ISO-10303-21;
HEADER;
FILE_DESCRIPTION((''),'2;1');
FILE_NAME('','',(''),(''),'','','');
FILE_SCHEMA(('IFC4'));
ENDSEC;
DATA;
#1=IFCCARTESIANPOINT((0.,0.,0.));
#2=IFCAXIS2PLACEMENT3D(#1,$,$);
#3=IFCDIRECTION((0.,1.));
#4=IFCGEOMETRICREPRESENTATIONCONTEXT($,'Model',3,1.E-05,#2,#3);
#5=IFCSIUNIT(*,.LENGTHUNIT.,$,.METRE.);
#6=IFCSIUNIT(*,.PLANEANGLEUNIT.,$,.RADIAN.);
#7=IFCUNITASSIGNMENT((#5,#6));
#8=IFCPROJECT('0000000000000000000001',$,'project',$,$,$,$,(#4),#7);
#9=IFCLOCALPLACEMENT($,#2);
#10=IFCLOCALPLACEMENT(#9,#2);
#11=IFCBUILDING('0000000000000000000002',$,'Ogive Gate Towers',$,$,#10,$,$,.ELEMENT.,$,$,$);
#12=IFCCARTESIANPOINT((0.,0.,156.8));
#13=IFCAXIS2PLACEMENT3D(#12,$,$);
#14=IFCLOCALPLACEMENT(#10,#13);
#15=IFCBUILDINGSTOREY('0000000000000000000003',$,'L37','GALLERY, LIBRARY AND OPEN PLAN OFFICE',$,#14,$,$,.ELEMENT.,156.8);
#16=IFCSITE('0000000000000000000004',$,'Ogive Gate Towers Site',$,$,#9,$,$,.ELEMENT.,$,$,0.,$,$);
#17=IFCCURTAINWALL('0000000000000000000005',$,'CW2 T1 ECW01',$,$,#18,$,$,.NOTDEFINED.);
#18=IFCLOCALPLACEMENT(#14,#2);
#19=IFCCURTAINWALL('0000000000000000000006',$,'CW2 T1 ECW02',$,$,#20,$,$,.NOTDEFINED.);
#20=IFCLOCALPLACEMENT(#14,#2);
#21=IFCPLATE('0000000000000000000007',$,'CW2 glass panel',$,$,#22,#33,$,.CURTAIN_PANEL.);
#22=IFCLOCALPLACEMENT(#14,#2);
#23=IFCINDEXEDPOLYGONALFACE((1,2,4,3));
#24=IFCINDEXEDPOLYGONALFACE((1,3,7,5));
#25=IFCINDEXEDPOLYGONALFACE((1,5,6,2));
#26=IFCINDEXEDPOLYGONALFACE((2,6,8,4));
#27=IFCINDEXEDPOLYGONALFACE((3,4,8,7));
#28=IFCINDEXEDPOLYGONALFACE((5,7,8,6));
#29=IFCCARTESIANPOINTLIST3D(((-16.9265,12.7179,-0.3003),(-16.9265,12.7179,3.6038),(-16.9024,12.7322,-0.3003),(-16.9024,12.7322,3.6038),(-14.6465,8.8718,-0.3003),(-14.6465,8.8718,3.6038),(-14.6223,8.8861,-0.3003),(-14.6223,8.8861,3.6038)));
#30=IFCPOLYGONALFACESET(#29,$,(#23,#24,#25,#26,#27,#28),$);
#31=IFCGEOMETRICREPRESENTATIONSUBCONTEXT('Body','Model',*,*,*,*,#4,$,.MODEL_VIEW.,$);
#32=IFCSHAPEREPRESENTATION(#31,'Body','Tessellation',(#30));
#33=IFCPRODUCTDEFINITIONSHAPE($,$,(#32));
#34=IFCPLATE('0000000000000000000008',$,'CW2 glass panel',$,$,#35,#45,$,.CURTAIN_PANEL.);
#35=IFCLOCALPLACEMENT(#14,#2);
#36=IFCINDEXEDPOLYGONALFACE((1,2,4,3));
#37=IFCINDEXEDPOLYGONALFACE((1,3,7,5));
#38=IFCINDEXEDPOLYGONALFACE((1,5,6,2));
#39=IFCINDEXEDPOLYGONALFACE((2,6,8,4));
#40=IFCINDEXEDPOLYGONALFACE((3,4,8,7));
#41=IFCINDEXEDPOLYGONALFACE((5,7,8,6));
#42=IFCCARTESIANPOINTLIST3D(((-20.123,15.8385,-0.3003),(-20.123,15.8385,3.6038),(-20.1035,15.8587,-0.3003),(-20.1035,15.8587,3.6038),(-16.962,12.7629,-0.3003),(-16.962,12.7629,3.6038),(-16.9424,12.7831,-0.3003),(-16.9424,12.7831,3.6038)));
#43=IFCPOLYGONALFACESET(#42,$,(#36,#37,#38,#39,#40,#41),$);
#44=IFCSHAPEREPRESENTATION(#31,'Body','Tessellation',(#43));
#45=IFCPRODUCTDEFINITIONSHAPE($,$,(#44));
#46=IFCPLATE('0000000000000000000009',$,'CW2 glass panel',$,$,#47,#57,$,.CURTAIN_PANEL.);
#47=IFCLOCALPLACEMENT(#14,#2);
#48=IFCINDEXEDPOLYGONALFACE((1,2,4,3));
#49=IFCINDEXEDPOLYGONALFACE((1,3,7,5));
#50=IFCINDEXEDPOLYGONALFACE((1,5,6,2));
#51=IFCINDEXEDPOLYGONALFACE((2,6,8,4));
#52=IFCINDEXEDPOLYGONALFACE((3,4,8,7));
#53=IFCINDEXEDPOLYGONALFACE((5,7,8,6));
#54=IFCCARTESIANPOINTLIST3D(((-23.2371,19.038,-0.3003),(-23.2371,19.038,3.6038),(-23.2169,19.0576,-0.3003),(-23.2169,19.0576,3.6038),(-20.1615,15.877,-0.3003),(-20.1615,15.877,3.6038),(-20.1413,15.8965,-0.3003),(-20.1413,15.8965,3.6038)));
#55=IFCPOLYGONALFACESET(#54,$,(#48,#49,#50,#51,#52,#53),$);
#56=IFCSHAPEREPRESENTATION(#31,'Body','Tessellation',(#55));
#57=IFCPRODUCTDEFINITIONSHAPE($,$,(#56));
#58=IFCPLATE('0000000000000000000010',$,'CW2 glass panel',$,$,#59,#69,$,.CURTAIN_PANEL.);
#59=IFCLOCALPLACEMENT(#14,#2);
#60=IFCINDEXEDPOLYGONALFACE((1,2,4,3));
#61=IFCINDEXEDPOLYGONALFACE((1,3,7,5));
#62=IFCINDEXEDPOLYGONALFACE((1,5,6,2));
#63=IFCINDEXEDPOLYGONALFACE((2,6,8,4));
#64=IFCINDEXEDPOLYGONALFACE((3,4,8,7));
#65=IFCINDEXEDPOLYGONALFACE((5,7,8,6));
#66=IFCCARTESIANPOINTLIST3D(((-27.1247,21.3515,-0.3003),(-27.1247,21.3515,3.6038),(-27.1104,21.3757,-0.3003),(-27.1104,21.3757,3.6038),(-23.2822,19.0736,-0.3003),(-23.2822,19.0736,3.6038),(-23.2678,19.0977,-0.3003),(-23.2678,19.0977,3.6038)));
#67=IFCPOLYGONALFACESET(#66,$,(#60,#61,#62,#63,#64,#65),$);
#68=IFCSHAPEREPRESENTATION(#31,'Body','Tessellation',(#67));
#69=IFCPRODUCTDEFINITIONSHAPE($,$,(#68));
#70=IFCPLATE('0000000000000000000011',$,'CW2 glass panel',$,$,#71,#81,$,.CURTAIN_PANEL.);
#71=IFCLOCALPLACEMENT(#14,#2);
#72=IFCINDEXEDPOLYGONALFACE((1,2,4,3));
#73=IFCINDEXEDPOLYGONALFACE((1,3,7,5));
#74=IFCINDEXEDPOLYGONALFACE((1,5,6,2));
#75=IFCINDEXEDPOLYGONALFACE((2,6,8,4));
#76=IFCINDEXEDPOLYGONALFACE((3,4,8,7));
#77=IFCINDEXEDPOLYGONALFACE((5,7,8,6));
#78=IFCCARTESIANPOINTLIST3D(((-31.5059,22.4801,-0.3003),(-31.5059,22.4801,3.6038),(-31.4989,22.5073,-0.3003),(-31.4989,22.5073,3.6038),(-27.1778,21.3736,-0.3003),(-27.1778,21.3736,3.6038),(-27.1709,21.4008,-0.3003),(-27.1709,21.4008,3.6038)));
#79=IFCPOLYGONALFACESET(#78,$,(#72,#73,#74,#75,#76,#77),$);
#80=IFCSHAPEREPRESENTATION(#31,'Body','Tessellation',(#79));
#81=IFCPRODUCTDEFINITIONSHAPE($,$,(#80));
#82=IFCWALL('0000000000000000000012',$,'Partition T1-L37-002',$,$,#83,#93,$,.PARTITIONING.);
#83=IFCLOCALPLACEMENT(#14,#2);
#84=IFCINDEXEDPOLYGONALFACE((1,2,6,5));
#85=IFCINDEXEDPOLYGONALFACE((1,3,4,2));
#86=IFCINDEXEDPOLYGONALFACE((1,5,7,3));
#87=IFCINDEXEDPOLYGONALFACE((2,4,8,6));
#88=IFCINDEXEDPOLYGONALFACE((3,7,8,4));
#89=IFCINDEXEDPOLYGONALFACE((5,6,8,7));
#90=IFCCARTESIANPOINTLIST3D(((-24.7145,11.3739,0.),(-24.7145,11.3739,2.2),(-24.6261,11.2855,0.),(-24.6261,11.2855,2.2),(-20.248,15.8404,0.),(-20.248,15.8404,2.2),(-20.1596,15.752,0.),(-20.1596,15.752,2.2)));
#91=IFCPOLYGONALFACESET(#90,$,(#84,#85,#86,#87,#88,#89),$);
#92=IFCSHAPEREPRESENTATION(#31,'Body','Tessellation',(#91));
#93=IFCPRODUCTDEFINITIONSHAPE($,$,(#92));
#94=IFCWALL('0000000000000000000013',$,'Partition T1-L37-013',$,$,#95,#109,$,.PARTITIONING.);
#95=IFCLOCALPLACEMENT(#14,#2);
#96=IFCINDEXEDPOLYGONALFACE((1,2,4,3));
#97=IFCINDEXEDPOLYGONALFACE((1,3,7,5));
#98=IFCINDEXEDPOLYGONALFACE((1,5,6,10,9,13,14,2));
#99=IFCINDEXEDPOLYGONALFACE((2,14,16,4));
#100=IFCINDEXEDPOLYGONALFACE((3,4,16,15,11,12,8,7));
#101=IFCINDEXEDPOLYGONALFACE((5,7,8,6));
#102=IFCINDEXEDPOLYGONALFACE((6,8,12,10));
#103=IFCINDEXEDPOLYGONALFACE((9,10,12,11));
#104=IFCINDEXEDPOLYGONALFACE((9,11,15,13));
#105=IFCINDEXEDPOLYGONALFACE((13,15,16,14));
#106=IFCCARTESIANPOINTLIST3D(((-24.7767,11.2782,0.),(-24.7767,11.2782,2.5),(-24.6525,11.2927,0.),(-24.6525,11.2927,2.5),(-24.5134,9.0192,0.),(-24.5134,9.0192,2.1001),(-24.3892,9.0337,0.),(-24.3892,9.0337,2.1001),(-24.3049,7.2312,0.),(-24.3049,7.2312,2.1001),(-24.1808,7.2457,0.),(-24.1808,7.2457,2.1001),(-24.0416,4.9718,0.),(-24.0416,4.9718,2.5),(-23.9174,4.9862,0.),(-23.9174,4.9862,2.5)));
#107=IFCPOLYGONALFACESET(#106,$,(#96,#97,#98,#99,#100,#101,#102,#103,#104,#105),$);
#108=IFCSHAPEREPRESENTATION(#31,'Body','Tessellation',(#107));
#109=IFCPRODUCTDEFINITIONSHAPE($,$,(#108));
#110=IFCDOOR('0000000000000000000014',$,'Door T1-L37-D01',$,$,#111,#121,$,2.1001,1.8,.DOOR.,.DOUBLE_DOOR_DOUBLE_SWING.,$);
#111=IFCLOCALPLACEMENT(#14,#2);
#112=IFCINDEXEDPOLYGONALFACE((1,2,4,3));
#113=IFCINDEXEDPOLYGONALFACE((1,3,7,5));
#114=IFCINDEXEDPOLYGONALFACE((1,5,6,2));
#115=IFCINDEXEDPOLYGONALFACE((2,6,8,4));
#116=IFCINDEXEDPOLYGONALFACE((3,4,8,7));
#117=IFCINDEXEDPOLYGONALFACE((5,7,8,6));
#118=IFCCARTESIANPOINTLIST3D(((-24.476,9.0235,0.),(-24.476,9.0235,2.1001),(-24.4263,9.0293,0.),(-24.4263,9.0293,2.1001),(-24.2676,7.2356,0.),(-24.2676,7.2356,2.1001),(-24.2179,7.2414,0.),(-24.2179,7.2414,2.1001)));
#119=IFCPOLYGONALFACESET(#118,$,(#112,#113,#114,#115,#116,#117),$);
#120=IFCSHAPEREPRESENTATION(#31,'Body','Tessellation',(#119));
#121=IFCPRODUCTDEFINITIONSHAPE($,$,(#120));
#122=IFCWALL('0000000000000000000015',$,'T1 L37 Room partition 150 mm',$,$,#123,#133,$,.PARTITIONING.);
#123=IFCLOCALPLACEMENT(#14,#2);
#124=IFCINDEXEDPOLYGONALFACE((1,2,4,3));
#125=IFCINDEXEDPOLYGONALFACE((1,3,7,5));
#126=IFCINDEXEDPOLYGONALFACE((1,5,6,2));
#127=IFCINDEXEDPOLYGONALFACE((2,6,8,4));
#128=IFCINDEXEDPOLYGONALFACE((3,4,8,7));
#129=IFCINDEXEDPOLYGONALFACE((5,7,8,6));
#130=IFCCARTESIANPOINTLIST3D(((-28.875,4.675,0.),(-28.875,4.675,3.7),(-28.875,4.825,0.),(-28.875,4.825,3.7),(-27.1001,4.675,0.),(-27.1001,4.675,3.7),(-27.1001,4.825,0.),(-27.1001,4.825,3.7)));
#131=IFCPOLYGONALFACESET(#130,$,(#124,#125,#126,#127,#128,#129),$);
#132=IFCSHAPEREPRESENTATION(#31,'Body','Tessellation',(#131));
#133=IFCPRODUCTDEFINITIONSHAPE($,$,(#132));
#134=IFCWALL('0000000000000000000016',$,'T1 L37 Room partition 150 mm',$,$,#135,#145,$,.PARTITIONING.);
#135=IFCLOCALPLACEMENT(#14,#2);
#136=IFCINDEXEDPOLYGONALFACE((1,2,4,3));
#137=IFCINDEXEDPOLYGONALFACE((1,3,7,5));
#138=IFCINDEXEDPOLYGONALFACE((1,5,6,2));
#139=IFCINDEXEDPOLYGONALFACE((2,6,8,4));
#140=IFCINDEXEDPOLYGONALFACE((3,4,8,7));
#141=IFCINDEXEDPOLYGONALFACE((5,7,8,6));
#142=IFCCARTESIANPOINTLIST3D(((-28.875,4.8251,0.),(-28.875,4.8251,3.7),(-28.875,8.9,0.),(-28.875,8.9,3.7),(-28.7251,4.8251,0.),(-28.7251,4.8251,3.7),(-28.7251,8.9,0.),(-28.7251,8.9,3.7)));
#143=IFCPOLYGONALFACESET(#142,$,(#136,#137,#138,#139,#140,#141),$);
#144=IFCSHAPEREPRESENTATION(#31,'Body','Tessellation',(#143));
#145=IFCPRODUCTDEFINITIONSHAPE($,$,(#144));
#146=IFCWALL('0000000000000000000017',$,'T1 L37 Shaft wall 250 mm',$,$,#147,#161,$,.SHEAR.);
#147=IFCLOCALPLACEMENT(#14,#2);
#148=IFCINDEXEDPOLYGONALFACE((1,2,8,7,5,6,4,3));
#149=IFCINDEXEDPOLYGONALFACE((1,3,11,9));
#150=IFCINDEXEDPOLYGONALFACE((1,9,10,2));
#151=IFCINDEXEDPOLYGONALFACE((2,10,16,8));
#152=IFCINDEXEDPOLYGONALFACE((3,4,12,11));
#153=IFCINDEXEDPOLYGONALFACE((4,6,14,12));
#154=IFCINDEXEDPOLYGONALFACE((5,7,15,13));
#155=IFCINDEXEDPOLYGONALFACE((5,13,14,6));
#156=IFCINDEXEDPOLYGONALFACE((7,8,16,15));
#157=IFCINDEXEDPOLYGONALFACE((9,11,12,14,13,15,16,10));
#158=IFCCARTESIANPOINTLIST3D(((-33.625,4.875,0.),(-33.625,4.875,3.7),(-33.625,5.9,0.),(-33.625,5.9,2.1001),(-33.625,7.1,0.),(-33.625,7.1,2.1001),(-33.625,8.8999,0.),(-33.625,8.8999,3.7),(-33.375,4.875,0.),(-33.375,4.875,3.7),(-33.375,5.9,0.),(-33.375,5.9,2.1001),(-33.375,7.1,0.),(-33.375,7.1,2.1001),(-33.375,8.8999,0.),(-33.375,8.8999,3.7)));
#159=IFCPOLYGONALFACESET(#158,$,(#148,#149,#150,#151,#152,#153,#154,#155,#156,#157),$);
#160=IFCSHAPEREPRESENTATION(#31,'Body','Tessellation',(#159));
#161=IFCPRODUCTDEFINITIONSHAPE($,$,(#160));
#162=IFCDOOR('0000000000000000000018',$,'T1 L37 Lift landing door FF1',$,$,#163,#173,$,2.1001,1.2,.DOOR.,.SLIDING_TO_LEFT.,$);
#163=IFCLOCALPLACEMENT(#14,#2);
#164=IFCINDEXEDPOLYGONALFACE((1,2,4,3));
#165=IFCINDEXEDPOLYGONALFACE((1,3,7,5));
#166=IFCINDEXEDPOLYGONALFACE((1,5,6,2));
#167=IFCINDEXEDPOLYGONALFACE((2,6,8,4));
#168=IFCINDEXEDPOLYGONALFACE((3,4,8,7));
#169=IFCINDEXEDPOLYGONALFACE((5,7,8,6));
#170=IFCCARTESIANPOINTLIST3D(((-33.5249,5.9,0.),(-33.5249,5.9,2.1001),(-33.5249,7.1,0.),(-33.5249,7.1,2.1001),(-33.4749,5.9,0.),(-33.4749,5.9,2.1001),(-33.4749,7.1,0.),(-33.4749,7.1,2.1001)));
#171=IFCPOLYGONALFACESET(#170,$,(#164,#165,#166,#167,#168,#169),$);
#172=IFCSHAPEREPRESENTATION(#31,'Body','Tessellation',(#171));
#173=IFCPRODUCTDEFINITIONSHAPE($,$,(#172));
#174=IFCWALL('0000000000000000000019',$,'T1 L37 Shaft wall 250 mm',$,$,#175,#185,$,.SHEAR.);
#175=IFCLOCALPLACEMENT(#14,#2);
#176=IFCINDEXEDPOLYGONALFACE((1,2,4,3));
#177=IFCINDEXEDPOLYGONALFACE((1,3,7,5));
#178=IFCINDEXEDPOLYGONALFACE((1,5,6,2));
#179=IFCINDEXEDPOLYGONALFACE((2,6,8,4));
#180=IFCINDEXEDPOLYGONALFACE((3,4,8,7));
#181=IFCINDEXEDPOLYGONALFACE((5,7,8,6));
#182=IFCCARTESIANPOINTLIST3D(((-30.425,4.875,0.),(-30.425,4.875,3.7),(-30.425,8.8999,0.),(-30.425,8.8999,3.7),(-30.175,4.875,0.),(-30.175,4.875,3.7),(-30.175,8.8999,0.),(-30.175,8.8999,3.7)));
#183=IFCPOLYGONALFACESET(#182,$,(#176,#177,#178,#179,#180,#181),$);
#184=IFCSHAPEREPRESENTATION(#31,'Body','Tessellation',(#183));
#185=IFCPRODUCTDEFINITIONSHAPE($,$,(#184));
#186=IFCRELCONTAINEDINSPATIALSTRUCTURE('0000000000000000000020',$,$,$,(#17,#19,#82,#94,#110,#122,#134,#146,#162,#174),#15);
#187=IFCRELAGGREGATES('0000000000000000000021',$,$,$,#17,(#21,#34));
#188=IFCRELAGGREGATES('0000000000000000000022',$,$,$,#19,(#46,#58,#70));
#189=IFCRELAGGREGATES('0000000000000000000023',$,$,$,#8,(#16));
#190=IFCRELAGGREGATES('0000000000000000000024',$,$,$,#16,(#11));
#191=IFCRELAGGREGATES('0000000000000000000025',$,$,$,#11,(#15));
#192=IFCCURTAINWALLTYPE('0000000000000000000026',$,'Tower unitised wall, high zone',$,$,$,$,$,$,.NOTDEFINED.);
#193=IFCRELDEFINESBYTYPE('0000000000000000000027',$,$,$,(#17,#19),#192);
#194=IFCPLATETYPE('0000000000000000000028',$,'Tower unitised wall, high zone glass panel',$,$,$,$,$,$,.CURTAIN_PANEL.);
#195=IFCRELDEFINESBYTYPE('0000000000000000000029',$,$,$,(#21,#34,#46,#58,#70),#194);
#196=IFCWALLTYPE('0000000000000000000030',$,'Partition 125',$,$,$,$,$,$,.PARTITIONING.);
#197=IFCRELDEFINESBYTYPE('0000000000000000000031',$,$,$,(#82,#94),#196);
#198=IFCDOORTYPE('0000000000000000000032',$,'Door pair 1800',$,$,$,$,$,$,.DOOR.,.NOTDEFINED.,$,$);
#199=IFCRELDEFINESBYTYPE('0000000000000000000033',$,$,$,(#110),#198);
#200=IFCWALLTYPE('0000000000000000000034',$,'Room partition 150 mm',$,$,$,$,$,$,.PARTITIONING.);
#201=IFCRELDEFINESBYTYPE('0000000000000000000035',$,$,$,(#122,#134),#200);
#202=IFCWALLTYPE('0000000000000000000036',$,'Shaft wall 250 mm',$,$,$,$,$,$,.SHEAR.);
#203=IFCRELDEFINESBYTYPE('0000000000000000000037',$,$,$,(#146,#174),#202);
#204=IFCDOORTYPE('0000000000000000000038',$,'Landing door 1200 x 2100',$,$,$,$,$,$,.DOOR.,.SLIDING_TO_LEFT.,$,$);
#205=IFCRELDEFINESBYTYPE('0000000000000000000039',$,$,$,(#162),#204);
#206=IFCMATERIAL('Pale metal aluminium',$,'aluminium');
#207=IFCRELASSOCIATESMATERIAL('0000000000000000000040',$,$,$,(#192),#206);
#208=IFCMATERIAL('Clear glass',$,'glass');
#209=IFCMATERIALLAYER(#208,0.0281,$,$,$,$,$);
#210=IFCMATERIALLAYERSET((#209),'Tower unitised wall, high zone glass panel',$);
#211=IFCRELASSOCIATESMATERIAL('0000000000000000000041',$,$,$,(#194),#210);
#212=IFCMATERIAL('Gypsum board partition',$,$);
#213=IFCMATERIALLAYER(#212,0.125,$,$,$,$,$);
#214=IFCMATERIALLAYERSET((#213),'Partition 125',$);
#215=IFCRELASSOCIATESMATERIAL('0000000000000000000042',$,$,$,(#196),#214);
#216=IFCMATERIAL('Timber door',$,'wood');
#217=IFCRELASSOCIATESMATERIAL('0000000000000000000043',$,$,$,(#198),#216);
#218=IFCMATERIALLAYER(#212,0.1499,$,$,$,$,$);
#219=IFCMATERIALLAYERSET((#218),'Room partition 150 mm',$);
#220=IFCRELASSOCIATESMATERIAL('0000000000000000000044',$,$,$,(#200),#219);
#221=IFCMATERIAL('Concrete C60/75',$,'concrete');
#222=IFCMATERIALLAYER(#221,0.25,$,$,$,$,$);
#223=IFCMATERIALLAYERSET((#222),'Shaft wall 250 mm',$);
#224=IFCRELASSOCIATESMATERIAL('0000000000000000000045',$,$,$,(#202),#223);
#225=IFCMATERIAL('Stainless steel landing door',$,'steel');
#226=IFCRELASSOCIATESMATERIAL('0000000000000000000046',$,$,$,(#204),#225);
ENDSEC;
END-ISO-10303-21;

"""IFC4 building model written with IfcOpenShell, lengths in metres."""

from ifc_helpers import new_model, si_unit, direction, frame, frame_2d, origin, origin_2d, place, context, subcontext, project, spatial, rectangle, extrude, material, layer, layer_set, type_object, element, fill, aggregate, save


model = new_model("IFC4")

# Units and contexts
model_context = context("Model", 3, precision=1e-05, world=origin(), true_north=direction((0.0, 1.0)))
body_context = subcontext(model_context, "Body", "Model", "MODEL_VIEW")
ifc_project = project(units=[si_unit("LENGTHUNIT", "METRE"), si_unit("PLANEANGLEUNIT", "RADIAN")], contexts=[model_context])

# Site, building, storey
site_placement = place(None, origin())
site = spatial("IfcSite", under=ifc_project, at=site_placement, Name="Ogive Gate Towers Site", CompositionType="ELEMENT", RefElevation=0.0)
building_placement = place(site_placement, origin())
building = spatial("IfcBuilding", under=site, at=building_placement, Name="Ogive Gate Towers", CompositionType="ELEMENT")
storey_placement = place(building_placement, frame((0.0, 0.0, 156.8)))
storey = spatial("IfcBuildingStorey", under=building, at=storey_placement, Name="L37", Description="GALLERY, LIBRARY AND OPEN PLAN OFFICE", CompositionType="ELEMENT", Elevation=156.8)

# Curtain walls
ifc_material_1 = material(Name="Pale metal aluminium", Category="aluminium")
curtain_wall_type = type_object("IfcCurtainWallType", Name="Tower unitised wall, high zone", PredefinedType="NOTDEFINED", material=ifc_material_1)
curtain_wall_1_placement = place(storey_placement, origin())
curtain_wall_1 = element("IfcCurtainWall", 1, at=curtain_wall_1_placement, inside=storey, type_object=curtain_wall_type, Name="CW2 T1 ECW01", PredefinedType="NOTDEFINED")
curtain_wall_2_placement = place(storey_placement, origin())
curtain_wall_2 = element("IfcCurtainWall", 2, at=curtain_wall_2_placement, inside=storey, type_object=curtain_wall_type, Name="CW2 T1 ECW02", PredefinedType="NOTDEFINED")

# Plates
ifc_material_2 = material(Name="Clear glass", Category="glass")
ifc_layer_1 = layer(ifc_material_2, 0.0281)
ifc_layer_set_1 = layer_set([ifc_layer_1], Name="Tower unitised wall, high zone glass panel")
plate_type = type_object("IfcPlateType", Name="Tower unitised wall, high zone glass panel", PredefinedType="CURTAIN_PANEL", material=ifc_layer_set_1)
plate_1_placement = place(storey_placement, frame((-15.7744, 10.802, -0.3003), z_axis=(0.0, 0.0, 1.0), x_axis=(-0.509943, 0.860208, 0.0)))
plate_1 = element("IfcPlate", 3, at=plate_1_placement, type_object=plate_type, Name="CW2 glass panel", PredefinedType="CURTAIN_PANEL", context=body_context, shape_type="SweptSolid", body=[
    extrude(rectangle(XDim=4.4712, YDim=0.0281, at=origin_2d()), origin(), (0.0, 0.0, 1.0), 3.9041),
])
plate_2_placement = place(storey_placement, frame((-18.5327, 14.3108, -0.3003), z_axis=(0.0, 0.0, 1.0), x_axis=(-0.716728, 0.697353, 0.0)))
plate_2 = element("IfcPlate", 4, at=plate_2_placement, type_object=plate_type, Name="CW2 glass panel", PredefinedType="CURTAIN_PANEL", context=body_context, shape_type="SweptSolid", body=[
    extrude(rectangle(XDim=4.4104, YDim=0.0281, at=origin_2d()), origin(), (0.0, 0.0, 1.0), 3.9041),
])
aggregate(curtain_wall_1, [plate_1, plate_2])
plate_3_placement = place(storey_placement, frame((-21.6892, 17.4673, -0.3003), z_axis=(0.0, 0.0, 1.0), x_axis=(-0.697353, 0.716728, 0.0)))
plate_3 = element("IfcPlate", 5, at=plate_3_placement, type_object=plate_type, Name="CW2 glass panel", PredefinedType="CURTAIN_PANEL", context=body_context, shape_type="SweptSolid", body=[
    extrude(rectangle(XDim=4.4104, YDim=0.0281, at=origin_2d()), origin(), (0.0, 0.0, 1.0), 3.9041),
])
plate_4_placement = place(storey_placement, frame((-25.1963, 20.2246, -0.3003), z_axis=(0.0, 0.0, 1.0), x_axis=(-0.860208, 0.509943, 0.0)))
plate_4 = element("IfcPlate", 6, at=plate_4_placement, type_object=plate_type, Name="CW2 glass panel", PredefinedType="CURTAIN_PANEL", context=body_context, shape_type="SweptSolid", body=[
    extrude(rectangle(XDim=4.467, YDim=0.0281, at=origin_2d()), origin(), (0.0, 0.0, 1.0), 3.9041),
])
plate_5_placement = place(storey_placement, frame((-29.3384, 21.9404, -0.3003), z_axis=(0.0, 0.0, 1.0), x_axis=(-0.968839, 0.247692, 0.0)))
plate_5 = element("IfcPlate", 7, at=plate_5_placement, type_object=plate_type, Name="CW2 glass panel", PredefinedType="CURTAIN_PANEL", context=body_context, shape_type="SweptSolid", body=[
    extrude(rectangle(XDim=4.4673, YDim=0.0281, at=origin_2d()), origin(), (0.0, 0.0, 1.0), 3.9041),
])
aggregate(curtain_wall_2, [plate_3, plate_4, plate_5])

# Wall
ifc_material_3 = material(Name="Gypsum board partition")
ifc_layer_2 = layer(ifc_material_3, 0.125)
ifc_layer_set_2 = layer_set([ifc_layer_2], Name="Partition 125")
wall_type_1 = type_object("IfcWallType", Name="Partition 125", PredefinedType="PARTITIONING", material=ifc_layer_set_2)
wall_1_placement = place(storey_placement, frame((-20.2039, 15.7961, 0.0), z_axis=(0.0, 0.0, 1.0), x_axis=(-0.707107, -0.707107, 0.0)))
element("IfcWall", 8, at=wall_1_placement, inside=storey, type_object=wall_type_1, Name="Partition T1-L37-002", PredefinedType="PARTITIONING", context=body_context, shape_type="SweptSolid", body=[
    extrude(rectangle(XDim=6.3167, YDim=0.125, at=frame_2d((3.1582, 0.0))), origin(), (0.0, 0.0, 1.0), 2.2),
])

# Wall, opening, door
wall_2_placement = place(storey_placement, frame((-23.9795, 4.979, 0.0), z_axis=(0.0, 0.0, 1.0), x_axis=(-0.115781, 0.993275, 0.0)))
wall_2 = element("IfcWall", 9, at=wall_2_placement, inside=storey, type_object=wall_type_1, Name="Partition T1-L37-013", PredefinedType="PARTITIONING", context=body_context, shape_type="SweptSolid", body=[
    extrude(rectangle(XDim=6.3491, YDim=0.125, at=frame_2d((3.1746, 0.0))), origin(), (0.0, 0.0, 1.0), 2.5),
])
opening_1_placement = place(wall_2_placement, frame((2.2749, 0.0, 0.0)))
opening_1 = element("IfcOpeningElement", 10, at=opening_1_placement, cuts=wall_2, PredefinedType="OPENING", context=body_context, shape_type="SweptSolid", body=[
    extrude(rectangle(XDim=1.8, YDim=2.1001, at=frame_2d((0.8999, 1.05))), frame((0.0, 0.0725, 0.0), z_axis=(0.0, -1.0, 0.0), x_axis=(1.0, 0.0, 0.0)), (0.0, 0.0, 1.0), 0.145),
])
ifc_material_4 = material(Name="Timber door", Category="wood")
door_type_1 = type_object("IfcDoorType", Name="Door pair 1800", OperationType="NOTDEFINED", PredefinedType="DOOR", material=ifc_material_4)
door_1_placement = place(opening_1_placement, origin())
door_1 = element("IfcDoor", 11, at=door_1_placement, inside=storey, type_object=door_type_1, Name="Door T1-L37-D01", OperationType="DOUBLE_DOOR_DOUBLE_SWING", OverallHeight=2.1001, OverallWidth=1.8, PredefinedType="DOOR", context=body_context, shape_type="SweptSolid", body=[
    extrude(rectangle(XDim=1.8, YDim=2.1001, at=frame_2d((0.8999, 1.05))), frame((0.0, 0.0249, 0.0), z_axis=(0.0, -1.0, 0.0), x_axis=(1.0, 0.0, 0.0)), (0.0, 0.0, 1.0), 0.05),
])
fill(opening_1, door_1)

# Walls
ifc_layer_3 = layer(ifc_material_3, 0.1499)
ifc_layer_set_3 = layer_set([ifc_layer_3], Name="Room partition 150 mm")
wall_type_2 = type_object("IfcWallType", Name="Room partition 150 mm", PredefinedType="PARTITIONING", material=ifc_layer_set_3)
wall_3_placement = place(storey_placement, frame((-28.875, 4.75, 0.0), z_axis=(0.0, 0.0, 1.0), x_axis=(1.0, 0.0, 0.0)))
element("IfcWall", 12, at=wall_3_placement, inside=storey, type_object=wall_type_2, Name="T1 L37 Room partition 150 mm", PredefinedType="PARTITIONING", context=body_context, shape_type="SweptSolid", body=[
    extrude(rectangle(XDim=1.7749, YDim=0.1499, at=frame_2d((0.8875, 0.0))), origin(), (0.0, 0.0, 1.0), 3.7),
])
wall_4_placement = place(storey_placement, frame((-28.8, 4.825, 0.0), z_axis=(0.0, 0.0, 1.0), x_axis=(0.0, 1.0, 0.0)))
element("IfcWall", 13, at=wall_4_placement, inside=storey, type_object=wall_type_2, Name="T1 L37 Room partition 150 mm", PredefinedType="PARTITIONING", context=body_context, shape_type="SweptSolid", body=[
    extrude(rectangle(XDim=4.075, YDim=0.1499, at=frame_2d((2.0376, 0.0))), origin(), (0.0, 0.0, 1.0), 3.7),
])

# Wall, opening, door
ifc_material_5 = material(Name="Concrete C60/75", Category="concrete")
ifc_layer_4 = layer(ifc_material_5, 0.25)
ifc_layer_set_4 = layer_set([ifc_layer_4], Name="Shaft wall 250 mm")
wall_type_3 = type_object("IfcWallType", Name="Shaft wall 250 mm", PredefinedType="SHEAR", material=ifc_layer_set_4)
wall_5_placement = place(storey_placement, frame((-33.5, 4.875, 0.0), z_axis=(0.0, 0.0, 1.0), x_axis=(0.0, 1.0, 0.0)))
wall_5 = element("IfcWall", 14, at=wall_5_placement, inside=storey, type_object=wall_type_3, Name="T1 L37 Shaft wall 250 mm", PredefinedType="SHEAR", context=body_context, shape_type="SweptSolid", body=[
    extrude(rectangle(XDim=4.0249, YDim=0.25, at=frame_2d((2.0125, 0.0))), origin(), (0.0, 0.0, 1.0), 3.7),
])
opening_2_placement = place(wall_5_placement, frame((1.0249, 0.0, 0.0)))
opening_2 = element("IfcOpeningElement", 15, at=opening_2_placement, cuts=wall_5, PredefinedType="OPENING", context=body_context, shape_type="SweptSolid", body=[
    extrude(rectangle(XDim=1.2, YDim=2.1001, at=frame_2d((0.6001, 1.05))), frame((0.0, 0.135, 0.0), z_axis=(0.0, -1.0, 0.0), x_axis=(1.0, 0.0, 0.0)), (0.0, 0.0, 1.0), 0.27),
])
ifc_material_6 = material(Name="Stainless steel landing door", Category="steel")
door_type_2 = type_object("IfcDoorType", Name="Landing door 1200 x 2100", OperationType="SLIDING_TO_LEFT", PredefinedType="DOOR", material=ifc_material_6)
door_2_placement = place(opening_2_placement, origin())
door_2 = element("IfcDoor", 16, at=door_2_placement, inside=storey, type_object=door_type_2, Name="T1 L37 Lift landing door FF1", OperationType="SLIDING_TO_LEFT", OverallHeight=2.1001, OverallWidth=1.2, PredefinedType="DOOR", context=body_context, shape_type="SweptSolid", body=[
    extrude(rectangle(XDim=1.2, YDim=2.1001, at=frame_2d((0.6001, 1.05))), frame((0.0, 0.0249, 0.0), z_axis=(0.0, -1.0, 0.0), x_axis=(1.0, 0.0, 0.0)), (0.0, 0.0, 1.0), 0.05),
])
fill(opening_2, door_2)

# Wall
wall_6_placement = place(storey_placement, frame((-30.3, 4.875, 0.0), z_axis=(0.0, 0.0, 1.0), x_axis=(0.0, 1.0, 0.0)))
element("IfcWall", 17, at=wall_6_placement, inside=storey, type_object=wall_type_3, Name="T1 L37 Shaft wall 250 mm", PredefinedType="SHEAR", context=body_context, shape_type="SweptSolid", body=[
    extrude(rectangle(XDim=4.0249, YDim=0.25, at=frame_2d((2.0125, 0.0))), origin(), (0.0, 0.0, 1.0), 3.7),
])

save(model, "model.ifc")
